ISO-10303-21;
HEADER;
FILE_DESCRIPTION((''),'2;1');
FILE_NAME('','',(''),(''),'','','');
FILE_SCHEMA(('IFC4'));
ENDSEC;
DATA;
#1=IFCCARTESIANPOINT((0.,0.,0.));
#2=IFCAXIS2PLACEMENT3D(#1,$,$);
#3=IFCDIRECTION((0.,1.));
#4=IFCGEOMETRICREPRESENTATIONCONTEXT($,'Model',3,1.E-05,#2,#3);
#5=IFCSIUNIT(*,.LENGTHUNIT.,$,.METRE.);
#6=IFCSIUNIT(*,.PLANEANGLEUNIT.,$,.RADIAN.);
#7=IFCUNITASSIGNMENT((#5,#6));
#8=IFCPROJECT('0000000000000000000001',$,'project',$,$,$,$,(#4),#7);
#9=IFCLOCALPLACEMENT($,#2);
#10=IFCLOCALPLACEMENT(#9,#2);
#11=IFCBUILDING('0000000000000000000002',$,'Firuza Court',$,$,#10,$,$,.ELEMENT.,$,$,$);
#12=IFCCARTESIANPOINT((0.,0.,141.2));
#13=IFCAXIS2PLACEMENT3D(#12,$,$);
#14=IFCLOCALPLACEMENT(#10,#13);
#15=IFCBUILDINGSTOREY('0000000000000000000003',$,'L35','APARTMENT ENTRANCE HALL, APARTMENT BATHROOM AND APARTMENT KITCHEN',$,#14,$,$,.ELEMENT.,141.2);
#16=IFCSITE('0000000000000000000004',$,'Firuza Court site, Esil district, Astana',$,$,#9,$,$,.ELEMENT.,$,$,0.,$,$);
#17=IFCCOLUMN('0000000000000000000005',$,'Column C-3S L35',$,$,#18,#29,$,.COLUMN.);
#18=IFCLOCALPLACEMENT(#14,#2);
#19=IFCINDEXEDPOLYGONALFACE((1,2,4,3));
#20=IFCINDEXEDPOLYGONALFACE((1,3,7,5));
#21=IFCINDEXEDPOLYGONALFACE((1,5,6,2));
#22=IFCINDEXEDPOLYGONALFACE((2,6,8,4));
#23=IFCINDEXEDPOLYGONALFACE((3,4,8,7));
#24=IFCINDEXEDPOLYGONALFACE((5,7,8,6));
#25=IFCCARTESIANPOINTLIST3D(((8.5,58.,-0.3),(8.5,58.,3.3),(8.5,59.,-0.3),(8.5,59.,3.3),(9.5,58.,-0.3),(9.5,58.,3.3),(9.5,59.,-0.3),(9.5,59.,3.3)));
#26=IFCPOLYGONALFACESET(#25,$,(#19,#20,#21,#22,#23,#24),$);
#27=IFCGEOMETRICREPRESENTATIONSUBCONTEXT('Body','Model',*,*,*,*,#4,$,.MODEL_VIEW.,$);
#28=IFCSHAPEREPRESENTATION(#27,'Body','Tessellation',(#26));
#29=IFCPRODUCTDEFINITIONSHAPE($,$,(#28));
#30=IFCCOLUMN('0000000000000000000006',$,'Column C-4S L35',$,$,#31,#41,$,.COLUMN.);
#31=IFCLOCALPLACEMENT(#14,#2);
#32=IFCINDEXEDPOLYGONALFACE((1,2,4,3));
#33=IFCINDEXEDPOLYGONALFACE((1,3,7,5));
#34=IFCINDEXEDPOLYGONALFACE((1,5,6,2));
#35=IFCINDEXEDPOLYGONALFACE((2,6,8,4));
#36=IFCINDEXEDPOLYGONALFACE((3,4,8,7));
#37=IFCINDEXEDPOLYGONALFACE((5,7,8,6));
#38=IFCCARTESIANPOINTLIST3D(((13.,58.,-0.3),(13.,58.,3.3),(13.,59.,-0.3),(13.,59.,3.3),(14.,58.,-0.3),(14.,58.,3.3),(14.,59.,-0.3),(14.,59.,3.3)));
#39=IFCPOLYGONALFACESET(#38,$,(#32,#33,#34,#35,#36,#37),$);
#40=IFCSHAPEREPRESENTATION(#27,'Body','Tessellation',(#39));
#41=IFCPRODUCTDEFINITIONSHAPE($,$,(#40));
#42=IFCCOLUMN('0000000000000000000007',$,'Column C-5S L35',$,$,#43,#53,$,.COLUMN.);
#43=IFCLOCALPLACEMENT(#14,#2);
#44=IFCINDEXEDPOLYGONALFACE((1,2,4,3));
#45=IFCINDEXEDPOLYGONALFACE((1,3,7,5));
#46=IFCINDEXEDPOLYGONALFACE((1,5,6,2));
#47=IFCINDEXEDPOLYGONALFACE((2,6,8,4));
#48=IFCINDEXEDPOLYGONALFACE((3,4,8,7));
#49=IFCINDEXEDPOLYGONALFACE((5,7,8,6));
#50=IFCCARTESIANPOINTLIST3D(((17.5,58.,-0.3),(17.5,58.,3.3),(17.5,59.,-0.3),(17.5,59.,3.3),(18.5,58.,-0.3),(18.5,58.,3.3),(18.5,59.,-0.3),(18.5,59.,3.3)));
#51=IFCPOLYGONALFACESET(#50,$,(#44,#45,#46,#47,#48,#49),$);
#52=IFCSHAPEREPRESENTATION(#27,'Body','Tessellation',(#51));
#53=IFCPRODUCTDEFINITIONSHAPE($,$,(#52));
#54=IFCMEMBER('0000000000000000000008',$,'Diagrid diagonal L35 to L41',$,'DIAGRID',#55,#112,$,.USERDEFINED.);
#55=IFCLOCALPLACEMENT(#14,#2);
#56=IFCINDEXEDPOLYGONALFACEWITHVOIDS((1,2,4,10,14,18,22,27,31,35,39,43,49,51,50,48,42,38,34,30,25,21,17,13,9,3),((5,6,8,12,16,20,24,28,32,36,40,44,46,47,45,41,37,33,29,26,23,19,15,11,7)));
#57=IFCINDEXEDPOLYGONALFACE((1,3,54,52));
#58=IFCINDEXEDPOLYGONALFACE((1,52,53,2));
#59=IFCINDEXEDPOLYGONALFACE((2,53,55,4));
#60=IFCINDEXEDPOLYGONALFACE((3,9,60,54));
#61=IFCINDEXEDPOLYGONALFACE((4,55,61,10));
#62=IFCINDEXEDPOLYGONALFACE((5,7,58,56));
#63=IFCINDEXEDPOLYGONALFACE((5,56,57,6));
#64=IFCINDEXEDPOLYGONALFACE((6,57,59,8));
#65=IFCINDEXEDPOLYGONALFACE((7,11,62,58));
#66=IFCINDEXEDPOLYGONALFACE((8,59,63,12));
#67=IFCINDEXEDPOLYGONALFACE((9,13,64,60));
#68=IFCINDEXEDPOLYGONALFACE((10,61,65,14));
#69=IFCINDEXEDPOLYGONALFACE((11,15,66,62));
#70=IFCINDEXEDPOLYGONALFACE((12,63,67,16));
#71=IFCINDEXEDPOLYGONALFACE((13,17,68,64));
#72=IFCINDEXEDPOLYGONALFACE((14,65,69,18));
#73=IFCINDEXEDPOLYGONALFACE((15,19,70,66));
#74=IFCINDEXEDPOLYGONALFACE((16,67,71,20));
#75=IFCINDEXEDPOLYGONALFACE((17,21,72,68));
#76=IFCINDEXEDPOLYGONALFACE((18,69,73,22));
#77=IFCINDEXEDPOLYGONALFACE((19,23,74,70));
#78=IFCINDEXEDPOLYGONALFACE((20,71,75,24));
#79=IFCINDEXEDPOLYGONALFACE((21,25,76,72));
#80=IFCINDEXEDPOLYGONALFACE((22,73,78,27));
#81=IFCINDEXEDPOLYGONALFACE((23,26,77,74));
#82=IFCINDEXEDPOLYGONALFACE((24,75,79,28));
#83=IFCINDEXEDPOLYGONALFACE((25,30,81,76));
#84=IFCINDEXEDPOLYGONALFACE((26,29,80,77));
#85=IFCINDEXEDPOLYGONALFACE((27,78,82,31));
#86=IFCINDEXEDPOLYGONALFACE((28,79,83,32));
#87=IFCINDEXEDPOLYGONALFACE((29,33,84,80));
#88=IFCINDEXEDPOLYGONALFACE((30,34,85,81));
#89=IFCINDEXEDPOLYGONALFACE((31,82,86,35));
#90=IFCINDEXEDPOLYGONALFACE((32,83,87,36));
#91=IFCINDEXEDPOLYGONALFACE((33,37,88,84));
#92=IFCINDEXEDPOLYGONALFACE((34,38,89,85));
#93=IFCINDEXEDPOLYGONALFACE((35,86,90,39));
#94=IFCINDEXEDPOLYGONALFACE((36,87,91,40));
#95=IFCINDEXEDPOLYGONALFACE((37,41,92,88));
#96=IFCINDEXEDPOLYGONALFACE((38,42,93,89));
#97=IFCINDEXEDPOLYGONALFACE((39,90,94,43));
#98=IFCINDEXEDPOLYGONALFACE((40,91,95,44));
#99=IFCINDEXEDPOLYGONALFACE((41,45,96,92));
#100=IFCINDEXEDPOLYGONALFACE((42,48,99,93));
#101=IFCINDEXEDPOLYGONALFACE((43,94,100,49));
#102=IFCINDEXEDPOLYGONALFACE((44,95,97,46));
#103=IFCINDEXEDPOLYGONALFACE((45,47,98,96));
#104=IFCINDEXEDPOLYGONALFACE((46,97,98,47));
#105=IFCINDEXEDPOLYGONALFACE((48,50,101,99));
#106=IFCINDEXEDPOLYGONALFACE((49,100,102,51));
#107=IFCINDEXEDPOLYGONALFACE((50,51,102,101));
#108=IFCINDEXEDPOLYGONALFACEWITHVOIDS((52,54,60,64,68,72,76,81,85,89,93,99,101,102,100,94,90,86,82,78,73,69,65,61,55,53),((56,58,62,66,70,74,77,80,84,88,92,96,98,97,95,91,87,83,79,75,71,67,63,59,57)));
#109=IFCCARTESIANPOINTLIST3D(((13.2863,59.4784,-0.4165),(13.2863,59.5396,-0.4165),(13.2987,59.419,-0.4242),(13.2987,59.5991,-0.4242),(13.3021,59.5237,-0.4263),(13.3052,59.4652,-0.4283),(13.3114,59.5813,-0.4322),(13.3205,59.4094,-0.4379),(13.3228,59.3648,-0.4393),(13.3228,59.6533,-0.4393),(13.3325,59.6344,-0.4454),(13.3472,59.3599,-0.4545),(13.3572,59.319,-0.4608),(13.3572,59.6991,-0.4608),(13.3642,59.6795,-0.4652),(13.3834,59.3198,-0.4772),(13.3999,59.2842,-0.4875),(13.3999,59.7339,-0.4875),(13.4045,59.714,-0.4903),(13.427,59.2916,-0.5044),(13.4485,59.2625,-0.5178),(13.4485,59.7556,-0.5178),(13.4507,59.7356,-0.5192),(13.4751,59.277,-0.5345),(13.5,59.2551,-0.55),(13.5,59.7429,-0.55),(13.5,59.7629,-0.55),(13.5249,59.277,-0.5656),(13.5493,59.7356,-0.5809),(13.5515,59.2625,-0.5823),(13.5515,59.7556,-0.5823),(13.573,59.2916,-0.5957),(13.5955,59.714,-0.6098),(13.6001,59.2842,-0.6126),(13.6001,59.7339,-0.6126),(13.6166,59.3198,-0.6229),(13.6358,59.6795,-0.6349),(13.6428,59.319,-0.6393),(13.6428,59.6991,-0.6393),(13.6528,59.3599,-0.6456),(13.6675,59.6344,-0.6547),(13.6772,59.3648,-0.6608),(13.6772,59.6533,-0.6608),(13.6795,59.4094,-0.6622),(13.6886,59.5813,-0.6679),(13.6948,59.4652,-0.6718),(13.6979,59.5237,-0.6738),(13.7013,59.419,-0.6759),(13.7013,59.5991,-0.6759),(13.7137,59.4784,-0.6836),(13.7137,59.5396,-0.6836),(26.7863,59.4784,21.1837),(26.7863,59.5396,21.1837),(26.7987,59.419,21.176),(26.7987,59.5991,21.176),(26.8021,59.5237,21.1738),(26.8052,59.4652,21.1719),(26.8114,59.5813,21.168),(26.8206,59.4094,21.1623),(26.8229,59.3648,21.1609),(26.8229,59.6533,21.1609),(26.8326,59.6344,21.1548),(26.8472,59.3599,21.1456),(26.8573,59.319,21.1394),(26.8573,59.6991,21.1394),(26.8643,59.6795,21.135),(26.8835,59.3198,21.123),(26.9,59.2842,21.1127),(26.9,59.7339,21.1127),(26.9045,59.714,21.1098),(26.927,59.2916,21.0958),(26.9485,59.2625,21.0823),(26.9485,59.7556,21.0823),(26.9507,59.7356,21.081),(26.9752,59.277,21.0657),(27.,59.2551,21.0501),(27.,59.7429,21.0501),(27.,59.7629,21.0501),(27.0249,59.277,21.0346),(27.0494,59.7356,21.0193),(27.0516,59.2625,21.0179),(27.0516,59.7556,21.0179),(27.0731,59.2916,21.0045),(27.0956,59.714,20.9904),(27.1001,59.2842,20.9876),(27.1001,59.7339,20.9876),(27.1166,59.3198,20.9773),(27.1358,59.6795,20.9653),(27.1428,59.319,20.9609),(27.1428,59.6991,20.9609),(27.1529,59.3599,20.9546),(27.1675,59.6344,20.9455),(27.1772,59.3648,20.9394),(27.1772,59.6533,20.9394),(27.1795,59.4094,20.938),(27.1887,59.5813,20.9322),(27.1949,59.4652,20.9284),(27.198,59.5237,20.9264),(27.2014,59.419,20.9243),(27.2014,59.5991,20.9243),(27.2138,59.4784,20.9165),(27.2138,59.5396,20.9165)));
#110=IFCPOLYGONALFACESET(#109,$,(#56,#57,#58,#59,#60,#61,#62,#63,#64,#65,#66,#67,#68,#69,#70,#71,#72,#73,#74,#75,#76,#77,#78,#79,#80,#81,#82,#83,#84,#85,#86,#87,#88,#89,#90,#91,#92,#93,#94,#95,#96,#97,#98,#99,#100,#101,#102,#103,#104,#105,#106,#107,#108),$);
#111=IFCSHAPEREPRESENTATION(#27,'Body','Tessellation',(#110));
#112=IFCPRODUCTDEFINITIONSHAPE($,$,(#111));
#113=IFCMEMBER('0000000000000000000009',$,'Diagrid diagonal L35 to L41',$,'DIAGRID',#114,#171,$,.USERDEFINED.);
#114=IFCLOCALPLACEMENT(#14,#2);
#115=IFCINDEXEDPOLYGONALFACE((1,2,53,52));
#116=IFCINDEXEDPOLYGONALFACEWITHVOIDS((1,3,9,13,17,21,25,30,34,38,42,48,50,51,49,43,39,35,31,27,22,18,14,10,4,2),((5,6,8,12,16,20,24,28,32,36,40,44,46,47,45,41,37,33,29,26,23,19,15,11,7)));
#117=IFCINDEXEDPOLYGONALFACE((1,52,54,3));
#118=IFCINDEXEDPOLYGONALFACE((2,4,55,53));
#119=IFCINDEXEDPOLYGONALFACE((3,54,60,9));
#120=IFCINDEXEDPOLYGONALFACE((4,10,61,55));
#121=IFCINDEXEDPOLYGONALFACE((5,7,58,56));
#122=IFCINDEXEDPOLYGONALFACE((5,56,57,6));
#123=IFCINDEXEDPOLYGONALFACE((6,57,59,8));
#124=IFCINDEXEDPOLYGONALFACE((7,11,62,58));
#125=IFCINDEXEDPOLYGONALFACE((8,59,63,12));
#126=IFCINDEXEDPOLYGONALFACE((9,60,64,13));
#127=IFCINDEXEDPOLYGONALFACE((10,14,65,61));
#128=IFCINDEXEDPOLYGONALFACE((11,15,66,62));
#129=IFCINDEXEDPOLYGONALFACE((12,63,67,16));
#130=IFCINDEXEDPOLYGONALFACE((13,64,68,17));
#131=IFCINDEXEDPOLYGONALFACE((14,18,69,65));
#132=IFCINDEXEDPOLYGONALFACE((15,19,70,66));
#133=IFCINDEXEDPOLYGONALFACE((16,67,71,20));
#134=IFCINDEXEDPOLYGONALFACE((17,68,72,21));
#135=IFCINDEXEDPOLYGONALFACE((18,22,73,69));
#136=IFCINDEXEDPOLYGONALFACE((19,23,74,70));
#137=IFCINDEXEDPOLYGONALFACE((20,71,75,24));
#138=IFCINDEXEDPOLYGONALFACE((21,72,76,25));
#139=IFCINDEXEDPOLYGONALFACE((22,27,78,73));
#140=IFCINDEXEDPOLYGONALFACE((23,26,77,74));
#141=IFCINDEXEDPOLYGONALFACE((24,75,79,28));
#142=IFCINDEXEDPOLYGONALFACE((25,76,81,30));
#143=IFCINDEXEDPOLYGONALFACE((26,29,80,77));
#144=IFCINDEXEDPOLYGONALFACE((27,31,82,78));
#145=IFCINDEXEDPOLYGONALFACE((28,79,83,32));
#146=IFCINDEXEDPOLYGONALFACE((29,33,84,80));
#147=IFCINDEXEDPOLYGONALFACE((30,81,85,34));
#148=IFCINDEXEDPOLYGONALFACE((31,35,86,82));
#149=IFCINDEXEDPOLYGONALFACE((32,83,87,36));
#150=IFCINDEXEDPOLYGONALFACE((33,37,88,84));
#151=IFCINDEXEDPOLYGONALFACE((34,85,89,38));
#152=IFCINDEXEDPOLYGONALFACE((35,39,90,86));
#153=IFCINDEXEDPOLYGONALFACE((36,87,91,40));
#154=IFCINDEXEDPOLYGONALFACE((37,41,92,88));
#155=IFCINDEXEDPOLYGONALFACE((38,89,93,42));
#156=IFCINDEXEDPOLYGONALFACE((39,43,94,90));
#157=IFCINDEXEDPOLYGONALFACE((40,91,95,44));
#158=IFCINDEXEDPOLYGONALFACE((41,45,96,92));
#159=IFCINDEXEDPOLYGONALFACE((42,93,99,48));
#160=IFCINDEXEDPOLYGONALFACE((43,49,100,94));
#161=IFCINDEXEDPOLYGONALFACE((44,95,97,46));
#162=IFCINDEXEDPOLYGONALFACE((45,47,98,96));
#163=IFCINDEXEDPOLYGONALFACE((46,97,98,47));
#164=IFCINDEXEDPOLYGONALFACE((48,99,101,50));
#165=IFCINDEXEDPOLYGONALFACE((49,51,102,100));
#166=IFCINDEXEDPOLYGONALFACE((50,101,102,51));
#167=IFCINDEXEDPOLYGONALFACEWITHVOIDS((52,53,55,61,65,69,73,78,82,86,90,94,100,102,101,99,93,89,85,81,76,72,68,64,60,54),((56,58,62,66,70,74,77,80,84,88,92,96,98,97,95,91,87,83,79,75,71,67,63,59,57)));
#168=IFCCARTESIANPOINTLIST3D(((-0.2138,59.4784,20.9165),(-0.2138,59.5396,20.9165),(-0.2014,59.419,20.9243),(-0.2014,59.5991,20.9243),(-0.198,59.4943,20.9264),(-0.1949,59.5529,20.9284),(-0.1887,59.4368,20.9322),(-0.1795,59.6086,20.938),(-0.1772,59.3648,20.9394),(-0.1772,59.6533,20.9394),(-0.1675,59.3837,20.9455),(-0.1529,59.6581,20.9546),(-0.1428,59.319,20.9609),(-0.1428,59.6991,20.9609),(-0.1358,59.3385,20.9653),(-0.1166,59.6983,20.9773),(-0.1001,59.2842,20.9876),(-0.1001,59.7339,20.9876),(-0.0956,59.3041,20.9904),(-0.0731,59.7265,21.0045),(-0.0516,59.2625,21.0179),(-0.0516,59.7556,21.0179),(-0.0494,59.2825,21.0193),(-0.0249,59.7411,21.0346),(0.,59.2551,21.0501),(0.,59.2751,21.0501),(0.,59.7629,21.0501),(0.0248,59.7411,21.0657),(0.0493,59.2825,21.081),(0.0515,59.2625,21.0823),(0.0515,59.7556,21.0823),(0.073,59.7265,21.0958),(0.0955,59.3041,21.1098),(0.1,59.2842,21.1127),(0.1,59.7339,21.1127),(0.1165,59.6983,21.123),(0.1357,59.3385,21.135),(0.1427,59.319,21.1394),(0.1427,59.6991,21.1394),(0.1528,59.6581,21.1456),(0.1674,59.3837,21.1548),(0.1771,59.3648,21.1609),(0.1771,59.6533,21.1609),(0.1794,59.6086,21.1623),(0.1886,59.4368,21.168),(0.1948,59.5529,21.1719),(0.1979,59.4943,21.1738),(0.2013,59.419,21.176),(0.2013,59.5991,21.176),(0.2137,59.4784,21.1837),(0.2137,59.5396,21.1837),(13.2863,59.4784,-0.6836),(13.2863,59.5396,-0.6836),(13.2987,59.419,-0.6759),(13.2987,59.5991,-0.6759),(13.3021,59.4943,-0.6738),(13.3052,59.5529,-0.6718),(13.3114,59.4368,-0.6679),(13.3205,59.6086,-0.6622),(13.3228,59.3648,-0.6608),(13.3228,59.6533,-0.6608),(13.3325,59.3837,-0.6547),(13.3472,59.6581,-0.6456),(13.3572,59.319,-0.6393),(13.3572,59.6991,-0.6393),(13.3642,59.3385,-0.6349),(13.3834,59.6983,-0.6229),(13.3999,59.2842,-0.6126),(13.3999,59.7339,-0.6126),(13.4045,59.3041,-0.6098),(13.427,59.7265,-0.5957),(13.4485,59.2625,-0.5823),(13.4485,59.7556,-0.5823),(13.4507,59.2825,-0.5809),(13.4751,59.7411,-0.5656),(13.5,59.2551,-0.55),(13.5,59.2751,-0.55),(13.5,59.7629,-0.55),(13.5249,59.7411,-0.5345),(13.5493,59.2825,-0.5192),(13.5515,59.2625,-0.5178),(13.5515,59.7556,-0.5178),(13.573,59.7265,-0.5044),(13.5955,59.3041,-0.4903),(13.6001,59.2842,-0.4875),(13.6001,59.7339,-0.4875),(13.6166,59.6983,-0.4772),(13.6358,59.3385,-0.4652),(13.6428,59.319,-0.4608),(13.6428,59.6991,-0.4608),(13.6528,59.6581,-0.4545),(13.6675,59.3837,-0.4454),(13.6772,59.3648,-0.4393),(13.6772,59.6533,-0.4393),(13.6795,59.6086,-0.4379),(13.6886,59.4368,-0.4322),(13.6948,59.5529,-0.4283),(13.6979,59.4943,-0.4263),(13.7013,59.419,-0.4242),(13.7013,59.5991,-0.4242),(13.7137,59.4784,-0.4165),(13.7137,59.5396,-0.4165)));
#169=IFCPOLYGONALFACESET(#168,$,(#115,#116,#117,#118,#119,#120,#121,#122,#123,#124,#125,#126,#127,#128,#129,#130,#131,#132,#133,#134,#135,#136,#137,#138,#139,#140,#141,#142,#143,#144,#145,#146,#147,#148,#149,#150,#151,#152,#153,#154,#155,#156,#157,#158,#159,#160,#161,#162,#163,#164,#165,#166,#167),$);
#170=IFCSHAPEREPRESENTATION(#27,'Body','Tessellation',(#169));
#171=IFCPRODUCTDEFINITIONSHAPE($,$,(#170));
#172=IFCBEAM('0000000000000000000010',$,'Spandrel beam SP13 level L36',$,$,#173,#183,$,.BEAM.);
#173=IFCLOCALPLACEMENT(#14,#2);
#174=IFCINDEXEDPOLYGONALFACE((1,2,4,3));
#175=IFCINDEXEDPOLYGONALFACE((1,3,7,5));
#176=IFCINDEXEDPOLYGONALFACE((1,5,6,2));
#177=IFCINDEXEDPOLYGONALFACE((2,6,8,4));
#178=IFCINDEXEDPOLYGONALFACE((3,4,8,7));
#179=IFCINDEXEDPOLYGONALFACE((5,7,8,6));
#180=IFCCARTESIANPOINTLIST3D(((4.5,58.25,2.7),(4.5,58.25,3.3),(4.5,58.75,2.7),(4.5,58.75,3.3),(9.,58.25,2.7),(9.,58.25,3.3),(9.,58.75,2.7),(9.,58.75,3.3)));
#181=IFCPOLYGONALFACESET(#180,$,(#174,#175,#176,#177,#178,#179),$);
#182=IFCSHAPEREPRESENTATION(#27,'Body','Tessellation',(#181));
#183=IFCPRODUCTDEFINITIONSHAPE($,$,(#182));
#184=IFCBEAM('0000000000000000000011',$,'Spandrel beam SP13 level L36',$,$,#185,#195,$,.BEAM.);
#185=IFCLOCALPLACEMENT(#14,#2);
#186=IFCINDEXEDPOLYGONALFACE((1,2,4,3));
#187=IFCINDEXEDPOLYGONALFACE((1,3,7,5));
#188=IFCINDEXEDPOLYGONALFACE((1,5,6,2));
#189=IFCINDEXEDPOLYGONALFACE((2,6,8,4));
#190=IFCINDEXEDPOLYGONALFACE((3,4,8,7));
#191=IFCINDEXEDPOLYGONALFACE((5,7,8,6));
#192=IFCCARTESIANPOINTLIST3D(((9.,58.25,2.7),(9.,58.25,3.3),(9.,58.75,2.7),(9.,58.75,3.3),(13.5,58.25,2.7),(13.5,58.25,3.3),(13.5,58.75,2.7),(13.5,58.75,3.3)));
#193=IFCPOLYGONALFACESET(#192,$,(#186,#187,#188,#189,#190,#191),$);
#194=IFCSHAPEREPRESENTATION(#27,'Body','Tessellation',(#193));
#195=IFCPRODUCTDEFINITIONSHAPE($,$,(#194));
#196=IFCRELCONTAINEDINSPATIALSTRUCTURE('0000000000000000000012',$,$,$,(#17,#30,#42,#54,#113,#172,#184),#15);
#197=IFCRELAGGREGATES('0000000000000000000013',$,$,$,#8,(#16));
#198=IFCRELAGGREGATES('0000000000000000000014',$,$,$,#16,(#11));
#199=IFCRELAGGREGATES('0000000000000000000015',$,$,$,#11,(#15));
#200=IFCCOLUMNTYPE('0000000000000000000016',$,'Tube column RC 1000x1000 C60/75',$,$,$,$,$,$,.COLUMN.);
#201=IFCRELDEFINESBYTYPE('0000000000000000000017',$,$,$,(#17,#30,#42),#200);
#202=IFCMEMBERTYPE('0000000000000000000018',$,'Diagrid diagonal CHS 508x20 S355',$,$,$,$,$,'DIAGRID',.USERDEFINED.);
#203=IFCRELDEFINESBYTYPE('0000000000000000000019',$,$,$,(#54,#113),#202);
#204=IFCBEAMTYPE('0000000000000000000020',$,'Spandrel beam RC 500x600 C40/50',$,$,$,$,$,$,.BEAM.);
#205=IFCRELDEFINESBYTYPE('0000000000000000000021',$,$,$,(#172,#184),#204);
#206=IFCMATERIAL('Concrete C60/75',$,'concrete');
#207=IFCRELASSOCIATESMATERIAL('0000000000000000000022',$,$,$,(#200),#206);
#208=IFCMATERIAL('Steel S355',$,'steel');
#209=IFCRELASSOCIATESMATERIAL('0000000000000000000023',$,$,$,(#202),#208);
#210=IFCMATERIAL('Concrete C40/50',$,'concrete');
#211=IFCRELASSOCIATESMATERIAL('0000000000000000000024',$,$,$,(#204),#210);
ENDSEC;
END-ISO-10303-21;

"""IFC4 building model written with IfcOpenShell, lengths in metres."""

from ifc_helpers import new_model, si_unit, direction, frame, origin, origin_2d, place, context, subcontext, project, spatial, rectangle, hollow_circle, extrude, material, material_profile, profile_set, type_object, element, save


model = new_model("IFC4")

# Units and contexts
model_context = context("Model", 3, precision=1e-05, world=origin(), true_north=direction((0.0, 1.0)))
body_context = subcontext(model_context, "Body", "Model", "MODEL_VIEW")
ifc_project = project(units=[si_unit("LENGTHUNIT", "METRE"), si_unit("PLANEANGLEUNIT", "RADIAN")], contexts=[model_context])

# Site, building, storey
site_placement = place(None, origin())
site = spatial("IfcSite", under=ifc_project, at=site_placement, Name="Firuza Court site, Esil district, Astana", CompositionType="ELEMENT", RefElevation=0.0)
building_placement = place(site_placement, origin())
building = spatial("IfcBuilding", under=site, at=building_placement, Name="Firuza Court", CompositionType="ELEMENT")
storey_placement = place(building_placement, frame((0.0, 0.0, 141.2)))
storey = spatial("IfcBuildingStorey", under=building, at=storey_placement, Name="L35", Description="APARTMENT ENTRANCE HALL, APARTMENT BATHROOM AND APARTMENT KITCHEN", CompositionType="ELEMENT", Elevation=141.2)

# Columns
ifc_material_1 = material(Name="Concrete C60/75", Category="concrete")
ifc_material_profile_1 = material_profile(ifc_material_1, rectangle(XDim=1.0, YDim=1.0, at=origin_2d()), Name="RC 1000x1000")
ifc_profile_set_1 = profile_set([ifc_material_profile_1], Name="Concrete C60/75")
column_type = type_object("IfcColumnType", Name="Tube column RC 1000x1000 C60/75", PredefinedType="COLUMN", material=ifc_profile_set_1)
for number, where, z_axis, x_axis, name in (
    (1, (9.0, 58.5, -0.3), (0.0, 0.0, 1.0), (1.0, 0.0, 0.0), "Column C-3S L35"),
    (2, (13.5, 58.5, -0.3), (0.0, 0.0, 1.0), (1.0, 0.0, 0.0), "Column C-4S L35"),
    (3, (18.0, 58.5, -0.3), (0.0, 0.0, 1.0), (1.0, 0.0, 0.0), "Column C-5S L35"),
):
    element("IfcColumn", number, at=place(storey_placement, frame(where, z_axis=z_axis, x_axis=x_axis)), inside=storey, type_object=column_type, Name=name, PredefinedType="COLUMN", context=body_context, shape_type="SweptSolid", body=[
        extrude(rectangle(XDim=1.0, YDim=1.0, at=origin_2d()), origin(), (0.0, 0.0, 1.0), 3.6001),
    ])

# Members
ifc_material_2 = material(Name="Steel S355", Category="steel")
ifc_material_profile_2 = material_profile(ifc_material_2, hollow_circle(Radius=0.2539, WallThickness=0.02, at=origin_2d()), Name="CHS 508x20")
ifc_profile_set_2 = profile_set([ifc_material_profile_2], Name="Steel S355")
member_type = type_object("IfcMemberType", Name="Diagrid diagonal CHS 508x20 S355", ElementType="DIAGRID", PredefinedType="USERDEFINED", material=ifc_profile_set_2)
for number, where, z_axis, x_axis, name in (
    (4, (13.5, 59.509, -0.55), (0.529997, 0.0, 0.847999), (0.0, 1.0, 0.0), "Diagrid diagonal L35 to L41"),
    (5, (13.5, 59.509, -0.55), (-0.529997, 0.0, 0.847999), (0.0, -1.0, 0.0), "Diagrid diagonal L35 to L41"),
):
    element("IfcMember", number, at=place(storey_placement, frame(where, z_axis=z_axis, x_axis=x_axis)), inside=storey, type_object=member_type, Name=name, ObjectType="DIAGRID", PredefinedType="USERDEFINED", context=body_context, shape_type="SweptSolid", body=[
        extrude(hollow_circle(Radius=0.2539, WallThickness=0.02, at=origin_2d()), origin(), (0.0, 0.0, 1.0), 25.4719),
    ])

# Beams
ifc_material_3 = material(Name="Concrete C40/50", Category="concrete")
ifc_material_profile_3 = material_profile(ifc_material_3, rectangle(XDim=0.5, YDim=0.6001, at=origin_2d()), Name="RC 500x600")
ifc_profile_set_3 = profile_set([ifc_material_profile_3], Name="Concrete C40/50")
beam_type = type_object("IfcBeamType", Name="Spandrel beam RC 500x600 C40/50", PredefinedType="BEAM", material=ifc_profile_set_3)
for number, where, z_axis, x_axis, name in (
    (6, (9.0, 58.5, 3.0), (-1.0, 0.0, 0.0), (0.0, -1.0, 0.0), "Spandrel beam SP13 level L36"),
    (7, (13.5, 58.5, 3.0), (-1.0, 0.0, 0.0), (0.0, -1.0, 0.0), "Spandrel beam SP13 level L36"),
):
    element("IfcBeam", number, at=place(storey_placement, frame(where, z_axis=z_axis, x_axis=x_axis)), inside=storey, type_object=beam_type, Name=name, PredefinedType="BEAM", context=body_context, shape_type="SweptSolid", body=[
        extrude(rectangle(XDim=0.5, YDim=0.6001, at=origin_2d()), origin(), (0.0, 0.0, 1.0), 4.5),
    ])

save(model, "model.ifc")
